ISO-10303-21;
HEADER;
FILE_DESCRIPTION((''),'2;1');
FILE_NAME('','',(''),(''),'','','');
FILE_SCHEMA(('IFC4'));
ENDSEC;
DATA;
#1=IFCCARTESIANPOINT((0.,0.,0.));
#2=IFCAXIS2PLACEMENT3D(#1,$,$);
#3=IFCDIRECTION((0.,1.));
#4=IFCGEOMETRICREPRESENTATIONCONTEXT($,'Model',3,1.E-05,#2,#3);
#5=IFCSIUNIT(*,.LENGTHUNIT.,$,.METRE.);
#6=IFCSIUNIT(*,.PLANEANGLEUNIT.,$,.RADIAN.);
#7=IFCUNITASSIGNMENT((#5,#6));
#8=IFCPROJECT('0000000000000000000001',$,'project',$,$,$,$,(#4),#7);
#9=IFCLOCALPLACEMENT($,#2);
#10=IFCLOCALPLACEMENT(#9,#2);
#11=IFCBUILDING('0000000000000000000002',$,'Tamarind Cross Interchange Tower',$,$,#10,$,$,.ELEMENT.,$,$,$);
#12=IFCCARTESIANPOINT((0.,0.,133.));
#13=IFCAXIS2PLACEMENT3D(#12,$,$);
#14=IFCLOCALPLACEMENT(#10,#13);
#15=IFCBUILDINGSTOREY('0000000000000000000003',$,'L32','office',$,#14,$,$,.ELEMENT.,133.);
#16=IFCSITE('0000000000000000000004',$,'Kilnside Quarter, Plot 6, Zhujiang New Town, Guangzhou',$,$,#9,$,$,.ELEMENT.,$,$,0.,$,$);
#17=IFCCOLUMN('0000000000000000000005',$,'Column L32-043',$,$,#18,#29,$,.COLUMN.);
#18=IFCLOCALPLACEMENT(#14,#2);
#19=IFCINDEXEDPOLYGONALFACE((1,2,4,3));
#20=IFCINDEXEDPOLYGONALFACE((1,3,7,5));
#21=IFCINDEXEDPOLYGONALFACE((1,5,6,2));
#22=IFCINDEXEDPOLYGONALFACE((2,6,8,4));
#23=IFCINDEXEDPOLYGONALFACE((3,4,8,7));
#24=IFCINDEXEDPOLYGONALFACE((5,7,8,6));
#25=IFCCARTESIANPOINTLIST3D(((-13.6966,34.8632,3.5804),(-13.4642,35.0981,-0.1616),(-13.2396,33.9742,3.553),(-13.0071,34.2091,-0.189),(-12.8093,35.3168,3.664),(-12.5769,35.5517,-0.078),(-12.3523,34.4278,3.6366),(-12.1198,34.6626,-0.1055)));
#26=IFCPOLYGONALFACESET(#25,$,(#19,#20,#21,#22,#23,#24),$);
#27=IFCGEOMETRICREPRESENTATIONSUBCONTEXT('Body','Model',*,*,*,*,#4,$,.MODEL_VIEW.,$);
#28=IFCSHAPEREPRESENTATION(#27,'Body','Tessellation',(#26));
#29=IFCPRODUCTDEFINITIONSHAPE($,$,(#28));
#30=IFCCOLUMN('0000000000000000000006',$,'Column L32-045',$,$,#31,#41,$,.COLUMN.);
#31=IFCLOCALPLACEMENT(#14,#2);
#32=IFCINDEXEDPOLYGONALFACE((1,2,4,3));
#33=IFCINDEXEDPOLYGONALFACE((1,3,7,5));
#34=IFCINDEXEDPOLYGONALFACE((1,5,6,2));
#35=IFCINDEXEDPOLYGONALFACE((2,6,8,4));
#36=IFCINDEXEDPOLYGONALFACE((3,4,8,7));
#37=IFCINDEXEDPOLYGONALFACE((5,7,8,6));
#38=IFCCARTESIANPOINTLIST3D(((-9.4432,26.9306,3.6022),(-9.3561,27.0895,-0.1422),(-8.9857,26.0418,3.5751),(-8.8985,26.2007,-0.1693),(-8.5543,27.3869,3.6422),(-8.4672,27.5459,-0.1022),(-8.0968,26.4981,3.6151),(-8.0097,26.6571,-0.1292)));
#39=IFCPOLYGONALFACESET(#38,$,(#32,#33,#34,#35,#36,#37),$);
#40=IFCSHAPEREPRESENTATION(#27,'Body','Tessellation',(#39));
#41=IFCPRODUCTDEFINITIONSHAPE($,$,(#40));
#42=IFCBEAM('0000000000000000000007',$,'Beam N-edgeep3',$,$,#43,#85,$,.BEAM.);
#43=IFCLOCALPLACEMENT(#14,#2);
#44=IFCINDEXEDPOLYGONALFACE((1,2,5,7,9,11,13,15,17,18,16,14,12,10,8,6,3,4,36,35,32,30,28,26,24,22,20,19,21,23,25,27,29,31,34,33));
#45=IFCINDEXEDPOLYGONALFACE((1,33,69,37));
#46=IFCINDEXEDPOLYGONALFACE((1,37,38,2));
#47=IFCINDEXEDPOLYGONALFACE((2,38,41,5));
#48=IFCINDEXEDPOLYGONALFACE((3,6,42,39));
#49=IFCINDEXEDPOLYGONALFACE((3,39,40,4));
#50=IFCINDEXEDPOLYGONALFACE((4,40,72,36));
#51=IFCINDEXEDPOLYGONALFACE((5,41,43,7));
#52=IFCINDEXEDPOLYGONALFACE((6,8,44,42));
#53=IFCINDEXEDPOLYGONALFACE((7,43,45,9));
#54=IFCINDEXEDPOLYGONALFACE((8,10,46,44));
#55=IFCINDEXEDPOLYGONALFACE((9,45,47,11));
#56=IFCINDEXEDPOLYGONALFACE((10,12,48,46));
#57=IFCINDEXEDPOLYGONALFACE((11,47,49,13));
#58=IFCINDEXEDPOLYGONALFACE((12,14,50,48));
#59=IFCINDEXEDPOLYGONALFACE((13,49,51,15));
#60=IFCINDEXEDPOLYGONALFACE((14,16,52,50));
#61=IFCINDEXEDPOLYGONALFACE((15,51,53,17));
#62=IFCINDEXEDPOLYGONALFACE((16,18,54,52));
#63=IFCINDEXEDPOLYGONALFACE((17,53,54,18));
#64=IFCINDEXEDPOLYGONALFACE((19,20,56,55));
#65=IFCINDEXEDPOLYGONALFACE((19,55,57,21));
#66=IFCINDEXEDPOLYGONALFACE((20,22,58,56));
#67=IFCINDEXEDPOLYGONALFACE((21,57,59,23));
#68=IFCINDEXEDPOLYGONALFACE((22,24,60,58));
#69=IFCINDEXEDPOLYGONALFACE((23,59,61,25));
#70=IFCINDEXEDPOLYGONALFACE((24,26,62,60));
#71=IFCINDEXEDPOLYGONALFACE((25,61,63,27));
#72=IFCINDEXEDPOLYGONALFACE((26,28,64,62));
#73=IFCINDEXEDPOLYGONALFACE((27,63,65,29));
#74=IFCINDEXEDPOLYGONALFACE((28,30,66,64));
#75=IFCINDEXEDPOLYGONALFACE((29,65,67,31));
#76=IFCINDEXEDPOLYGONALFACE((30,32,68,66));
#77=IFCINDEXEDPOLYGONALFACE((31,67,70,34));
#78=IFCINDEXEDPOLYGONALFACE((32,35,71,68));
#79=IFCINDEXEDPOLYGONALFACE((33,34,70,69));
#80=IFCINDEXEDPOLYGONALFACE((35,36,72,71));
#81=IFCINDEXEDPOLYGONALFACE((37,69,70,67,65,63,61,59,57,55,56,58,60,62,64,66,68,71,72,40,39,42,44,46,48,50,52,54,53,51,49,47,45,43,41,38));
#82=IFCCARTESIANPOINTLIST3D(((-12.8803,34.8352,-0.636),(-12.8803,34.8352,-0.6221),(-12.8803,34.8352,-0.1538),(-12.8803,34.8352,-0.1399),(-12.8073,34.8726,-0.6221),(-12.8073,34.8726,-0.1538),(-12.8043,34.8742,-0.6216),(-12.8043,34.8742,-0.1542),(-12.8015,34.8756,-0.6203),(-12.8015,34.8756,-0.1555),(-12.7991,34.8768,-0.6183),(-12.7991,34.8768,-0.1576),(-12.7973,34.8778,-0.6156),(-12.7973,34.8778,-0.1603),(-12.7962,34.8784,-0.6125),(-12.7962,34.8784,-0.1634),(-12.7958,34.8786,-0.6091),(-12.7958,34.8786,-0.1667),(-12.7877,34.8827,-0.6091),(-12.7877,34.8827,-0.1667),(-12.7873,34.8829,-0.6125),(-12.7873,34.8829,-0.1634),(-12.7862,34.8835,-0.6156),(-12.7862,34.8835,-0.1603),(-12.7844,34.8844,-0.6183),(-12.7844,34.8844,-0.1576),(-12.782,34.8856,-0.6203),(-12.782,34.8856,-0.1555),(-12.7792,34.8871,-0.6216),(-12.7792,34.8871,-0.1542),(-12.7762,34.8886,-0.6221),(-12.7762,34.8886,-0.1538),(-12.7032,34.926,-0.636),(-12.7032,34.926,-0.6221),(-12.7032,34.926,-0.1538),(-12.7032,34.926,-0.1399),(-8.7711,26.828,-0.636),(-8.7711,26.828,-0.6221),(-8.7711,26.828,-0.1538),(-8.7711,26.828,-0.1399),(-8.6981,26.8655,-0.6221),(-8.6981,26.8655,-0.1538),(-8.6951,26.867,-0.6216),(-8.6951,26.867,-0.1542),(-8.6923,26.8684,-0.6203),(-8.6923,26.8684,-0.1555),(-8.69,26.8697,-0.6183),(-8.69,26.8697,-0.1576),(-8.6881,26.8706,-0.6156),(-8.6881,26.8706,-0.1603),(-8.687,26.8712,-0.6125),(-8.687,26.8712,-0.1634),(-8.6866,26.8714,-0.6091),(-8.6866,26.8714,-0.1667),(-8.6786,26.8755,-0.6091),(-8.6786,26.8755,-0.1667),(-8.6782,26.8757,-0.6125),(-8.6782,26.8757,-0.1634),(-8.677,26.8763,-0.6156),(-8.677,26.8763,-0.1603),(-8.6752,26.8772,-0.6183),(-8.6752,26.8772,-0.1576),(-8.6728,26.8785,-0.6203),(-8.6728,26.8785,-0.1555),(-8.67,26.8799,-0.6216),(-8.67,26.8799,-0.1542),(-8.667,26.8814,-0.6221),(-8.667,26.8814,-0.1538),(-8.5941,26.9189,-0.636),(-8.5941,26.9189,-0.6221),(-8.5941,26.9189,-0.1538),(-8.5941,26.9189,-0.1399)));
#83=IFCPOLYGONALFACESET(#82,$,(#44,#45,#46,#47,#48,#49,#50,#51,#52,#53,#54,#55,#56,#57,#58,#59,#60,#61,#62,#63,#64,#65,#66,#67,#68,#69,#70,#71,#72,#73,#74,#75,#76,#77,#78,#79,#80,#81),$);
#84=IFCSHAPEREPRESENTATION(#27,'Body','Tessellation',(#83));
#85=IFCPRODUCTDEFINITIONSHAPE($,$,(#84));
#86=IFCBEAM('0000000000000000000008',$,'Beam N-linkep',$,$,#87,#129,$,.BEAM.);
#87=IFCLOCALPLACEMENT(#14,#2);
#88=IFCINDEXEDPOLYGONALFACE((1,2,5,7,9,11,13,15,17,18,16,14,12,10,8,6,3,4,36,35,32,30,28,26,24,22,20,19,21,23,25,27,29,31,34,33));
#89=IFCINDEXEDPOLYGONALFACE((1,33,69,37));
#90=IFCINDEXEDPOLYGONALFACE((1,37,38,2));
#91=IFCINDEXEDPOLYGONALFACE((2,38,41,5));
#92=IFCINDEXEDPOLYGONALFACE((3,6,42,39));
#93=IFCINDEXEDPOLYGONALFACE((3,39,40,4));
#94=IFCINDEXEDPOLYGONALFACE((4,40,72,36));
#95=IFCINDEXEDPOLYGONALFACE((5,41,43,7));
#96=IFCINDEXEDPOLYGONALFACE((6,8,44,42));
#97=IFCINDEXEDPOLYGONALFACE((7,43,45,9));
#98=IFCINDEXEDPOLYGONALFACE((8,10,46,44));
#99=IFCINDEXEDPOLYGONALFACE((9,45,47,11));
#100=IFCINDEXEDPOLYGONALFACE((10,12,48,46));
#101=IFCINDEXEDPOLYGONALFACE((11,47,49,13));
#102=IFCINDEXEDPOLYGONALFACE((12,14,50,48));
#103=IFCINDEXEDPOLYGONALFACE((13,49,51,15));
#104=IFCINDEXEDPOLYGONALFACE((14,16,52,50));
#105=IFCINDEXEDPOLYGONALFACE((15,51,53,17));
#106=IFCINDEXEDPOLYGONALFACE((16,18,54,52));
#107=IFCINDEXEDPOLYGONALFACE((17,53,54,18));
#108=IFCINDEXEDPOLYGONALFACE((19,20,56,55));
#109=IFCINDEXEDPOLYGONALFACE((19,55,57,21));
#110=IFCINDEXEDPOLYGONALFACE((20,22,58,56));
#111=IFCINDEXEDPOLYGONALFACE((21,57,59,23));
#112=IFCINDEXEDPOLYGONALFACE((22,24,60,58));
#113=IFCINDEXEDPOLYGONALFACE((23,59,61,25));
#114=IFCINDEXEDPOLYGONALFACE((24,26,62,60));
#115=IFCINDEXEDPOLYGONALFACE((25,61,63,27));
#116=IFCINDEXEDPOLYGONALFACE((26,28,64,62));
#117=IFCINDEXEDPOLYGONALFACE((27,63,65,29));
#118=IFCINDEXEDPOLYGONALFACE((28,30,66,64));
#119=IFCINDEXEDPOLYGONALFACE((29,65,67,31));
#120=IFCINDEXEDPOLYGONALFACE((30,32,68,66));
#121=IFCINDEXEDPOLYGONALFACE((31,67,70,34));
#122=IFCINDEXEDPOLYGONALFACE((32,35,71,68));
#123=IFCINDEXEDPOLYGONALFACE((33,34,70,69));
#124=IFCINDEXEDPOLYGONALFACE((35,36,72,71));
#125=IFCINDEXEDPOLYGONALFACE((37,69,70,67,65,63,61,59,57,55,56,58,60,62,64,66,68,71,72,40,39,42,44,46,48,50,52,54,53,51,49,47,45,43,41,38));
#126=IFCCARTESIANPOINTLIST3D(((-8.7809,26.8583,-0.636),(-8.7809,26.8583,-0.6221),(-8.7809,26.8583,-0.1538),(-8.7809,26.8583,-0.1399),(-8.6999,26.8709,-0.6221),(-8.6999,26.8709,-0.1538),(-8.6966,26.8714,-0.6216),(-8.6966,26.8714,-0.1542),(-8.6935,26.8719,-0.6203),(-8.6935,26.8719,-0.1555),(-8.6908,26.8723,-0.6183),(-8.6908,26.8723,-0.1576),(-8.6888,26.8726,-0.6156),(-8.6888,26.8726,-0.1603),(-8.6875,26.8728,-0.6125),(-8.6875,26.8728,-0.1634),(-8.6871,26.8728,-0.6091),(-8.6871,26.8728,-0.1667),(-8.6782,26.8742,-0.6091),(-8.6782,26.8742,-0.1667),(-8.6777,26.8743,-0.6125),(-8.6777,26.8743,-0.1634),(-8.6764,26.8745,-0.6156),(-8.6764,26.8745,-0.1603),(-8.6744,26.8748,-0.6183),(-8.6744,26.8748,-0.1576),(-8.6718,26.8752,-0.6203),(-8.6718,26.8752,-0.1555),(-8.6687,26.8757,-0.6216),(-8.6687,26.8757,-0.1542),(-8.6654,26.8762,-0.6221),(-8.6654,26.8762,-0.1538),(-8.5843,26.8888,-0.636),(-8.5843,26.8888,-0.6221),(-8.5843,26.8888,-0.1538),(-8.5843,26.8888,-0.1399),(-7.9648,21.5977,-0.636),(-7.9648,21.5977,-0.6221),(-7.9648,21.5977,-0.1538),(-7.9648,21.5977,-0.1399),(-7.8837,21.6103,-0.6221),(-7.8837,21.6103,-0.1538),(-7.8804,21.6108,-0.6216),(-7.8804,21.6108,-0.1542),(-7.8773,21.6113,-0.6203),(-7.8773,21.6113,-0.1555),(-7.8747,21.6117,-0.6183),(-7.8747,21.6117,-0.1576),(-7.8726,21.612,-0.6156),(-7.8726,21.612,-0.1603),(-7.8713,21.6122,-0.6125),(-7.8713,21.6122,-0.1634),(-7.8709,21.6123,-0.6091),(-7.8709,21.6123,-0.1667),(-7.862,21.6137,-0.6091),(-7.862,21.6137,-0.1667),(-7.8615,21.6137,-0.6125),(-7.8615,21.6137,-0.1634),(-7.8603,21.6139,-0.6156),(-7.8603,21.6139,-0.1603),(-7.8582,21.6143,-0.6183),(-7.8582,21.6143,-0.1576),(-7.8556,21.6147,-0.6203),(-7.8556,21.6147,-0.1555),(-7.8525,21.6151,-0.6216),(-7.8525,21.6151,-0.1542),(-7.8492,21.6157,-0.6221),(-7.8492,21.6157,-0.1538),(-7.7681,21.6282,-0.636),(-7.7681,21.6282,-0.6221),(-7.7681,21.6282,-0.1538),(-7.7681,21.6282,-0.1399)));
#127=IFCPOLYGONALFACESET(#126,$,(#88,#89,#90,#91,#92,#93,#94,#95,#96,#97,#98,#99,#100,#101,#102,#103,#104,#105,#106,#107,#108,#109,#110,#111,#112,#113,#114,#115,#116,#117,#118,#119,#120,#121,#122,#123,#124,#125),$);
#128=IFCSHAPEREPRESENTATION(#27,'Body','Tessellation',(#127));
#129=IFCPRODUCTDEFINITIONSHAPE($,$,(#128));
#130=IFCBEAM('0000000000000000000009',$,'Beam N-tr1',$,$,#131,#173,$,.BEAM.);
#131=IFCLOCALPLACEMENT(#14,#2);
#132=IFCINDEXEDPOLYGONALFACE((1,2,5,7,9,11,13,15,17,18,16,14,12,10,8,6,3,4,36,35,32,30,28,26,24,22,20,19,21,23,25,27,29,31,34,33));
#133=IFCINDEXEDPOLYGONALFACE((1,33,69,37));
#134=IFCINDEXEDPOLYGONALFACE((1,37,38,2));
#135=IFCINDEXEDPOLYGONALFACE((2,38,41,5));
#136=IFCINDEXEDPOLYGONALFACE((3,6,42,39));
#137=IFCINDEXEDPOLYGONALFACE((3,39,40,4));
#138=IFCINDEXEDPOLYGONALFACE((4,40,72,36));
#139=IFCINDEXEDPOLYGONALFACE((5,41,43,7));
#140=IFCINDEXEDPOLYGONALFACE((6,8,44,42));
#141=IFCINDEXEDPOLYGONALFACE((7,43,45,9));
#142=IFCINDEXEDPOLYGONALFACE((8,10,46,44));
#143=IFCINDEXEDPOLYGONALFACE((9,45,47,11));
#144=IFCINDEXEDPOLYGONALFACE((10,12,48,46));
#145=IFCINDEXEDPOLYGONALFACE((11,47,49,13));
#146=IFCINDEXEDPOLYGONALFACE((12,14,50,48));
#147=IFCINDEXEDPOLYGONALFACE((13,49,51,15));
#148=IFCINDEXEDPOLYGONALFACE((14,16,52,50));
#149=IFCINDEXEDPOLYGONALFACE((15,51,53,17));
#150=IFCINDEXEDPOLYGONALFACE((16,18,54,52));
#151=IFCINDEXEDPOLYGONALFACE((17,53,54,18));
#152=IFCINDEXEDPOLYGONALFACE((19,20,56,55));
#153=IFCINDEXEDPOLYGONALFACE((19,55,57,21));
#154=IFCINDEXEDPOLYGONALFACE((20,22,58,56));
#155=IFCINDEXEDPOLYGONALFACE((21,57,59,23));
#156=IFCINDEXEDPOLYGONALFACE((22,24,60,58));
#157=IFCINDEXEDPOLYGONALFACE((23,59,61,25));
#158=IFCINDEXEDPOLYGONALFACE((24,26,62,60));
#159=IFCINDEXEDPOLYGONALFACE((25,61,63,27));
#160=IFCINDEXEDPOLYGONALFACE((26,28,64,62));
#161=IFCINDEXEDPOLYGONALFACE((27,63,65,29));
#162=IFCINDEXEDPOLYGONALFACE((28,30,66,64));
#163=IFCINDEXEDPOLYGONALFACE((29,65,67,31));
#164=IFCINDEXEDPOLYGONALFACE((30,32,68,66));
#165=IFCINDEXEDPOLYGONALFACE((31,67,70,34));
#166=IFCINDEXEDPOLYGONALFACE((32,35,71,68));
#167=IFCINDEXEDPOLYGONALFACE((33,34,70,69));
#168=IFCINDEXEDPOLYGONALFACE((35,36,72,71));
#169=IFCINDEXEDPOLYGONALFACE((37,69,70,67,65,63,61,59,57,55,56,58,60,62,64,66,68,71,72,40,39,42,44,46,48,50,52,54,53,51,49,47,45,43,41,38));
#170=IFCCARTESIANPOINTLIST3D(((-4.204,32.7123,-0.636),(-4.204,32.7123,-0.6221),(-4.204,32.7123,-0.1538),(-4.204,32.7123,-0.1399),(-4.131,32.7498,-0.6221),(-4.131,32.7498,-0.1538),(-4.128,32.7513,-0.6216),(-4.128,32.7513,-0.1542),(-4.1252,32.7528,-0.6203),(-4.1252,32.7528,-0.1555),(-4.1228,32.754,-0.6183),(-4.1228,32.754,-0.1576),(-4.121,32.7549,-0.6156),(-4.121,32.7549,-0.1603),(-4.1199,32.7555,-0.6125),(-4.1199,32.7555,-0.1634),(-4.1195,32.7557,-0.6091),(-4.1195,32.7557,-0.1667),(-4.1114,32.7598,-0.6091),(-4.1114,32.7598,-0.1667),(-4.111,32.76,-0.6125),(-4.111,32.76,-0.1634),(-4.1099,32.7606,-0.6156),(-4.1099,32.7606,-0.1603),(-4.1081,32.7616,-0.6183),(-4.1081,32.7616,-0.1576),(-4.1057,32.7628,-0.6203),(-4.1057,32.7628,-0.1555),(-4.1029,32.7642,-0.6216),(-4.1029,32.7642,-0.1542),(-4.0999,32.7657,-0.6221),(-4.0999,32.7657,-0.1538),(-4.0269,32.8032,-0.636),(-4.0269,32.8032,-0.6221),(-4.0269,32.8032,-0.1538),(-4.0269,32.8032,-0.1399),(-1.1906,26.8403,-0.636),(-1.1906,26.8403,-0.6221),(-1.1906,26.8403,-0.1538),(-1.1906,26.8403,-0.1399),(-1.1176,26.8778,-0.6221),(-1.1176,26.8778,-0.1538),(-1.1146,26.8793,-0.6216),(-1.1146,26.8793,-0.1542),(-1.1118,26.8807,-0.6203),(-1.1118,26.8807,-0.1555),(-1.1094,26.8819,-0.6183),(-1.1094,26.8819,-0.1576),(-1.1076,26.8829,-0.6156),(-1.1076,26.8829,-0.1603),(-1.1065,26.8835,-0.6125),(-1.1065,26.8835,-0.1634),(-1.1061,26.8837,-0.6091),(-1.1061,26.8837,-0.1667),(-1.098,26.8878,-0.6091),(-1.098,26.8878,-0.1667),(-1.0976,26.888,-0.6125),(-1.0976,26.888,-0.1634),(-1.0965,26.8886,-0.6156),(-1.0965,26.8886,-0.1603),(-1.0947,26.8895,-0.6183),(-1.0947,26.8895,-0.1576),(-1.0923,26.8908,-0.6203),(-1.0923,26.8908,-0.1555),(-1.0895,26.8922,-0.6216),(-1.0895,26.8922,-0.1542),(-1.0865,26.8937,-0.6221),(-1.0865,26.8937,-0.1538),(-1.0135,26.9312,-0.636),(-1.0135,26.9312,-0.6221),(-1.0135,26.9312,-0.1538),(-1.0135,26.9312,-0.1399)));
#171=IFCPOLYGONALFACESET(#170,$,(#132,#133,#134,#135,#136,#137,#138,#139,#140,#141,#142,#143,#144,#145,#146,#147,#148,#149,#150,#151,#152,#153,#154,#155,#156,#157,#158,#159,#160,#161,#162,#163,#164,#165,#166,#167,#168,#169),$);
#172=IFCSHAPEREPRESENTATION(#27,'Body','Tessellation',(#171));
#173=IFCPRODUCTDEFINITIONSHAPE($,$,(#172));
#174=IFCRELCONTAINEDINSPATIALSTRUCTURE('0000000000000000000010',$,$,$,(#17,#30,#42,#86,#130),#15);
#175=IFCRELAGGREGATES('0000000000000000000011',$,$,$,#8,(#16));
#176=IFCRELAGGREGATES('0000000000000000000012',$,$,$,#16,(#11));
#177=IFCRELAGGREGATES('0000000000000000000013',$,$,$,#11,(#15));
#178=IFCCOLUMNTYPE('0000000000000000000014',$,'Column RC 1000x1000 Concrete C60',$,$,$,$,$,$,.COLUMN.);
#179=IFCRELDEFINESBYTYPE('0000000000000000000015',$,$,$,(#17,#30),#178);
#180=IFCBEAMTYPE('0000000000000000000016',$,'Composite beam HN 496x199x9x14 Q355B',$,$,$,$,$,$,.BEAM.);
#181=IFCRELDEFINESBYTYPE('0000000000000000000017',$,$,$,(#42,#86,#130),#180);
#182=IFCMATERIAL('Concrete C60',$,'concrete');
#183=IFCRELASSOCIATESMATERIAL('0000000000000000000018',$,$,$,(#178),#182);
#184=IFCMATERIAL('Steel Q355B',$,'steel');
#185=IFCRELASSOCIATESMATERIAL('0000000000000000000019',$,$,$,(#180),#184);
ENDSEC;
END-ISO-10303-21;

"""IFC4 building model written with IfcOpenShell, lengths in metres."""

from ifc_helpers import new_model, si_unit, direction, frame, origin, origin_2d, place, context, subcontext, project, spatial, rectangle, i_section, extrude, material, material_profile, profile_set, type_object, element, save


model = new_model("IFC4")

# Units and contexts
model_context = context("Model", 3, precision=1e-05, world=origin(), true_north=direction((0.0, 1.0)))
body_context = subcontext(model_context, "Body", "Model", "MODEL_VIEW")
ifc_project = project(units=[si_unit("LENGTHUNIT", "METRE"), si_unit("PLANEANGLEUNIT", "RADIAN")], contexts=[model_context])

# Site, building, storey
site_placement = place(None, origin())
site = spatial("IfcSite", under=ifc_project, at=site_placement, Name="Kilnside Quarter, Plot 6, Zhujiang New Town, Guangzhou", CompositionType="ELEMENT", RefElevation=0.0)
building_placement = place(site_placement, origin())
building = spatial("IfcBuilding", under=site, at=building_placement, Name="Tamarind Cross Interchange Tower", CompositionType="ELEMENT")
storey_placement = place(building_placement, frame((0.0, 0.0, 133.0)))
storey = spatial("IfcBuildingStorey", under=building, at=storey_placement, Name="L32", Description="office", CompositionType="ELEMENT", Elevation=133.0)

# Columns
ifc_material_1 = material(Name="Concrete C60", Category="concrete")
ifc_material_profile_1 = material_profile(ifc_material_1, rectangle(XDim=1.0, YDim=1.0, at=origin_2d()), Name="RC 1000x1000")
ifc_profile_set_1 = profile_set([ifc_material_profile_1], Name="Concrete C60")
column_type = type_object("IfcColumnType", Name="Column RC 1000x1000 Concrete C60", PredefinedType="COLUMN", material=ifc_profile_set_1)
column_1_placement = place(storey_placement, frame((-12.792, 34.8804, -0.1335), z_axis=(-0.061872, -0.062522, 0.996124), x_axis=(0.8873, 0.453556, 0.08358)))
element("IfcColumn", 1, at=column_1_placement, inside=storey, type_object=column_type, Name="Column L32-043", PredefinedType="COLUMN", context=body_context, shape_type="SweptSolid", body=[
    extrude(rectangle(XDim=1.0, YDim=1.0, at=origin_2d()), origin(), (0.0, 0.0, 1.0), 3.7566),
])
column_2_placement = place(storey_placement, frame((-8.6829, 26.8733, -0.1357), z_axis=(-0.02325, -0.042397, 0.99883), x_axis=(0.888892, 0.456362, 0.040062)))
element("IfcColumn", 2, at=column_2_placement, inside=storey, type_object=column_type, Name="Column L32-045", PredefinedType="COLUMN", context=body_context, shape_type="SweptSolid", body=[
    extrude(rectangle(XDim=1.0, YDim=1.0, at=origin_2d()), origin(), (0.0, 0.0, 1.0), 3.7488),
])

# Beams
ifc_material_2 = material(Name="Steel Q355B", Category="steel")
ifc_material_profile_2 = material_profile(ifc_material_2, i_section(OverallWidth=0.199, OverallDepth=0.4961, WebThickness=0.009, FlangeThickness=0.0139, FilletRadius=0.0129, at=origin_2d()), Name="HN 496x199x9x14")
ifc_profile_set_2 = profile_set([ifc_material_profile_2], Name="Steel Q355B")
beam_type_1 = type_object("IfcBeamType", Name="Composite beam HN 496x199x9x14 Q355B", PredefinedType="BEAM", material=ifc_profile_set_2)
beam_1_placement = place(storey_placement, frame((-12.7917, 34.8806, -0.3879), z_axis=(0.456575, -0.889685, 0.0), x_axis=(0.889685, 0.456575, 0.0)))
element("IfcBeam", 3, at=beam_1_placement, inside=storey, type_object=beam_type_1, Name="Beam N-edgeep3", PredefinedType="BEAM", context=body_context, shape_type="SweptSolid", body=[
    extrude(i_section(OverallWidth=0.199, OverallDepth=0.4961, WebThickness=0.009, FlangeThickness=0.0139, FilletRadius=0.0129, at=origin_2d()), origin(), (0.0, 0.0, 1.0), 9.0),
])
beam_2_placement = place(storey_placement, frame((-8.6826, 26.8735, -0.3879), z_axis=(0.153315, -0.988177, 0.0), x_axis=(0.988177, 0.153315, 0.0)))
element("IfcBeam", 4, at=beam_2_placement, inside=storey, type_object=beam_type_1, Name="Beam N-linkep", PredefinedType="BEAM", context=body_context, shape_type="SweptSolid", body=[
    extrude(i_section(OverallWidth=0.199, OverallDepth=0.4961, WebThickness=0.009, FlangeThickness=0.0139, FilletRadius=0.0129, at=origin_2d()), origin(), (0.0, 0.0, 1.0), 5.3235),
])
beam_3_placement = place(storey_placement, frame((-1.1021, 26.8857, -0.3879), z_axis=(-0.45657, 0.889688, 0.0), x_axis=(-0.889688, -0.45657, 0.0)))
element("IfcBeam", 5, at=beam_3_placement, inside=storey, type_object=beam_type_1, Name="Beam N-tr1", PredefinedType="BEAM", context=body_context, shape_type="SweptSolid", body=[
    extrude(i_section(OverallWidth=0.199, OverallDepth=0.4961, WebThickness=0.009, FlangeThickness=0.0139, FilletRadius=0.0129, at=origin_2d()), origin(), (0.0, 0.0, 1.0), 6.6001),
])

save(model, "model.ifc")
